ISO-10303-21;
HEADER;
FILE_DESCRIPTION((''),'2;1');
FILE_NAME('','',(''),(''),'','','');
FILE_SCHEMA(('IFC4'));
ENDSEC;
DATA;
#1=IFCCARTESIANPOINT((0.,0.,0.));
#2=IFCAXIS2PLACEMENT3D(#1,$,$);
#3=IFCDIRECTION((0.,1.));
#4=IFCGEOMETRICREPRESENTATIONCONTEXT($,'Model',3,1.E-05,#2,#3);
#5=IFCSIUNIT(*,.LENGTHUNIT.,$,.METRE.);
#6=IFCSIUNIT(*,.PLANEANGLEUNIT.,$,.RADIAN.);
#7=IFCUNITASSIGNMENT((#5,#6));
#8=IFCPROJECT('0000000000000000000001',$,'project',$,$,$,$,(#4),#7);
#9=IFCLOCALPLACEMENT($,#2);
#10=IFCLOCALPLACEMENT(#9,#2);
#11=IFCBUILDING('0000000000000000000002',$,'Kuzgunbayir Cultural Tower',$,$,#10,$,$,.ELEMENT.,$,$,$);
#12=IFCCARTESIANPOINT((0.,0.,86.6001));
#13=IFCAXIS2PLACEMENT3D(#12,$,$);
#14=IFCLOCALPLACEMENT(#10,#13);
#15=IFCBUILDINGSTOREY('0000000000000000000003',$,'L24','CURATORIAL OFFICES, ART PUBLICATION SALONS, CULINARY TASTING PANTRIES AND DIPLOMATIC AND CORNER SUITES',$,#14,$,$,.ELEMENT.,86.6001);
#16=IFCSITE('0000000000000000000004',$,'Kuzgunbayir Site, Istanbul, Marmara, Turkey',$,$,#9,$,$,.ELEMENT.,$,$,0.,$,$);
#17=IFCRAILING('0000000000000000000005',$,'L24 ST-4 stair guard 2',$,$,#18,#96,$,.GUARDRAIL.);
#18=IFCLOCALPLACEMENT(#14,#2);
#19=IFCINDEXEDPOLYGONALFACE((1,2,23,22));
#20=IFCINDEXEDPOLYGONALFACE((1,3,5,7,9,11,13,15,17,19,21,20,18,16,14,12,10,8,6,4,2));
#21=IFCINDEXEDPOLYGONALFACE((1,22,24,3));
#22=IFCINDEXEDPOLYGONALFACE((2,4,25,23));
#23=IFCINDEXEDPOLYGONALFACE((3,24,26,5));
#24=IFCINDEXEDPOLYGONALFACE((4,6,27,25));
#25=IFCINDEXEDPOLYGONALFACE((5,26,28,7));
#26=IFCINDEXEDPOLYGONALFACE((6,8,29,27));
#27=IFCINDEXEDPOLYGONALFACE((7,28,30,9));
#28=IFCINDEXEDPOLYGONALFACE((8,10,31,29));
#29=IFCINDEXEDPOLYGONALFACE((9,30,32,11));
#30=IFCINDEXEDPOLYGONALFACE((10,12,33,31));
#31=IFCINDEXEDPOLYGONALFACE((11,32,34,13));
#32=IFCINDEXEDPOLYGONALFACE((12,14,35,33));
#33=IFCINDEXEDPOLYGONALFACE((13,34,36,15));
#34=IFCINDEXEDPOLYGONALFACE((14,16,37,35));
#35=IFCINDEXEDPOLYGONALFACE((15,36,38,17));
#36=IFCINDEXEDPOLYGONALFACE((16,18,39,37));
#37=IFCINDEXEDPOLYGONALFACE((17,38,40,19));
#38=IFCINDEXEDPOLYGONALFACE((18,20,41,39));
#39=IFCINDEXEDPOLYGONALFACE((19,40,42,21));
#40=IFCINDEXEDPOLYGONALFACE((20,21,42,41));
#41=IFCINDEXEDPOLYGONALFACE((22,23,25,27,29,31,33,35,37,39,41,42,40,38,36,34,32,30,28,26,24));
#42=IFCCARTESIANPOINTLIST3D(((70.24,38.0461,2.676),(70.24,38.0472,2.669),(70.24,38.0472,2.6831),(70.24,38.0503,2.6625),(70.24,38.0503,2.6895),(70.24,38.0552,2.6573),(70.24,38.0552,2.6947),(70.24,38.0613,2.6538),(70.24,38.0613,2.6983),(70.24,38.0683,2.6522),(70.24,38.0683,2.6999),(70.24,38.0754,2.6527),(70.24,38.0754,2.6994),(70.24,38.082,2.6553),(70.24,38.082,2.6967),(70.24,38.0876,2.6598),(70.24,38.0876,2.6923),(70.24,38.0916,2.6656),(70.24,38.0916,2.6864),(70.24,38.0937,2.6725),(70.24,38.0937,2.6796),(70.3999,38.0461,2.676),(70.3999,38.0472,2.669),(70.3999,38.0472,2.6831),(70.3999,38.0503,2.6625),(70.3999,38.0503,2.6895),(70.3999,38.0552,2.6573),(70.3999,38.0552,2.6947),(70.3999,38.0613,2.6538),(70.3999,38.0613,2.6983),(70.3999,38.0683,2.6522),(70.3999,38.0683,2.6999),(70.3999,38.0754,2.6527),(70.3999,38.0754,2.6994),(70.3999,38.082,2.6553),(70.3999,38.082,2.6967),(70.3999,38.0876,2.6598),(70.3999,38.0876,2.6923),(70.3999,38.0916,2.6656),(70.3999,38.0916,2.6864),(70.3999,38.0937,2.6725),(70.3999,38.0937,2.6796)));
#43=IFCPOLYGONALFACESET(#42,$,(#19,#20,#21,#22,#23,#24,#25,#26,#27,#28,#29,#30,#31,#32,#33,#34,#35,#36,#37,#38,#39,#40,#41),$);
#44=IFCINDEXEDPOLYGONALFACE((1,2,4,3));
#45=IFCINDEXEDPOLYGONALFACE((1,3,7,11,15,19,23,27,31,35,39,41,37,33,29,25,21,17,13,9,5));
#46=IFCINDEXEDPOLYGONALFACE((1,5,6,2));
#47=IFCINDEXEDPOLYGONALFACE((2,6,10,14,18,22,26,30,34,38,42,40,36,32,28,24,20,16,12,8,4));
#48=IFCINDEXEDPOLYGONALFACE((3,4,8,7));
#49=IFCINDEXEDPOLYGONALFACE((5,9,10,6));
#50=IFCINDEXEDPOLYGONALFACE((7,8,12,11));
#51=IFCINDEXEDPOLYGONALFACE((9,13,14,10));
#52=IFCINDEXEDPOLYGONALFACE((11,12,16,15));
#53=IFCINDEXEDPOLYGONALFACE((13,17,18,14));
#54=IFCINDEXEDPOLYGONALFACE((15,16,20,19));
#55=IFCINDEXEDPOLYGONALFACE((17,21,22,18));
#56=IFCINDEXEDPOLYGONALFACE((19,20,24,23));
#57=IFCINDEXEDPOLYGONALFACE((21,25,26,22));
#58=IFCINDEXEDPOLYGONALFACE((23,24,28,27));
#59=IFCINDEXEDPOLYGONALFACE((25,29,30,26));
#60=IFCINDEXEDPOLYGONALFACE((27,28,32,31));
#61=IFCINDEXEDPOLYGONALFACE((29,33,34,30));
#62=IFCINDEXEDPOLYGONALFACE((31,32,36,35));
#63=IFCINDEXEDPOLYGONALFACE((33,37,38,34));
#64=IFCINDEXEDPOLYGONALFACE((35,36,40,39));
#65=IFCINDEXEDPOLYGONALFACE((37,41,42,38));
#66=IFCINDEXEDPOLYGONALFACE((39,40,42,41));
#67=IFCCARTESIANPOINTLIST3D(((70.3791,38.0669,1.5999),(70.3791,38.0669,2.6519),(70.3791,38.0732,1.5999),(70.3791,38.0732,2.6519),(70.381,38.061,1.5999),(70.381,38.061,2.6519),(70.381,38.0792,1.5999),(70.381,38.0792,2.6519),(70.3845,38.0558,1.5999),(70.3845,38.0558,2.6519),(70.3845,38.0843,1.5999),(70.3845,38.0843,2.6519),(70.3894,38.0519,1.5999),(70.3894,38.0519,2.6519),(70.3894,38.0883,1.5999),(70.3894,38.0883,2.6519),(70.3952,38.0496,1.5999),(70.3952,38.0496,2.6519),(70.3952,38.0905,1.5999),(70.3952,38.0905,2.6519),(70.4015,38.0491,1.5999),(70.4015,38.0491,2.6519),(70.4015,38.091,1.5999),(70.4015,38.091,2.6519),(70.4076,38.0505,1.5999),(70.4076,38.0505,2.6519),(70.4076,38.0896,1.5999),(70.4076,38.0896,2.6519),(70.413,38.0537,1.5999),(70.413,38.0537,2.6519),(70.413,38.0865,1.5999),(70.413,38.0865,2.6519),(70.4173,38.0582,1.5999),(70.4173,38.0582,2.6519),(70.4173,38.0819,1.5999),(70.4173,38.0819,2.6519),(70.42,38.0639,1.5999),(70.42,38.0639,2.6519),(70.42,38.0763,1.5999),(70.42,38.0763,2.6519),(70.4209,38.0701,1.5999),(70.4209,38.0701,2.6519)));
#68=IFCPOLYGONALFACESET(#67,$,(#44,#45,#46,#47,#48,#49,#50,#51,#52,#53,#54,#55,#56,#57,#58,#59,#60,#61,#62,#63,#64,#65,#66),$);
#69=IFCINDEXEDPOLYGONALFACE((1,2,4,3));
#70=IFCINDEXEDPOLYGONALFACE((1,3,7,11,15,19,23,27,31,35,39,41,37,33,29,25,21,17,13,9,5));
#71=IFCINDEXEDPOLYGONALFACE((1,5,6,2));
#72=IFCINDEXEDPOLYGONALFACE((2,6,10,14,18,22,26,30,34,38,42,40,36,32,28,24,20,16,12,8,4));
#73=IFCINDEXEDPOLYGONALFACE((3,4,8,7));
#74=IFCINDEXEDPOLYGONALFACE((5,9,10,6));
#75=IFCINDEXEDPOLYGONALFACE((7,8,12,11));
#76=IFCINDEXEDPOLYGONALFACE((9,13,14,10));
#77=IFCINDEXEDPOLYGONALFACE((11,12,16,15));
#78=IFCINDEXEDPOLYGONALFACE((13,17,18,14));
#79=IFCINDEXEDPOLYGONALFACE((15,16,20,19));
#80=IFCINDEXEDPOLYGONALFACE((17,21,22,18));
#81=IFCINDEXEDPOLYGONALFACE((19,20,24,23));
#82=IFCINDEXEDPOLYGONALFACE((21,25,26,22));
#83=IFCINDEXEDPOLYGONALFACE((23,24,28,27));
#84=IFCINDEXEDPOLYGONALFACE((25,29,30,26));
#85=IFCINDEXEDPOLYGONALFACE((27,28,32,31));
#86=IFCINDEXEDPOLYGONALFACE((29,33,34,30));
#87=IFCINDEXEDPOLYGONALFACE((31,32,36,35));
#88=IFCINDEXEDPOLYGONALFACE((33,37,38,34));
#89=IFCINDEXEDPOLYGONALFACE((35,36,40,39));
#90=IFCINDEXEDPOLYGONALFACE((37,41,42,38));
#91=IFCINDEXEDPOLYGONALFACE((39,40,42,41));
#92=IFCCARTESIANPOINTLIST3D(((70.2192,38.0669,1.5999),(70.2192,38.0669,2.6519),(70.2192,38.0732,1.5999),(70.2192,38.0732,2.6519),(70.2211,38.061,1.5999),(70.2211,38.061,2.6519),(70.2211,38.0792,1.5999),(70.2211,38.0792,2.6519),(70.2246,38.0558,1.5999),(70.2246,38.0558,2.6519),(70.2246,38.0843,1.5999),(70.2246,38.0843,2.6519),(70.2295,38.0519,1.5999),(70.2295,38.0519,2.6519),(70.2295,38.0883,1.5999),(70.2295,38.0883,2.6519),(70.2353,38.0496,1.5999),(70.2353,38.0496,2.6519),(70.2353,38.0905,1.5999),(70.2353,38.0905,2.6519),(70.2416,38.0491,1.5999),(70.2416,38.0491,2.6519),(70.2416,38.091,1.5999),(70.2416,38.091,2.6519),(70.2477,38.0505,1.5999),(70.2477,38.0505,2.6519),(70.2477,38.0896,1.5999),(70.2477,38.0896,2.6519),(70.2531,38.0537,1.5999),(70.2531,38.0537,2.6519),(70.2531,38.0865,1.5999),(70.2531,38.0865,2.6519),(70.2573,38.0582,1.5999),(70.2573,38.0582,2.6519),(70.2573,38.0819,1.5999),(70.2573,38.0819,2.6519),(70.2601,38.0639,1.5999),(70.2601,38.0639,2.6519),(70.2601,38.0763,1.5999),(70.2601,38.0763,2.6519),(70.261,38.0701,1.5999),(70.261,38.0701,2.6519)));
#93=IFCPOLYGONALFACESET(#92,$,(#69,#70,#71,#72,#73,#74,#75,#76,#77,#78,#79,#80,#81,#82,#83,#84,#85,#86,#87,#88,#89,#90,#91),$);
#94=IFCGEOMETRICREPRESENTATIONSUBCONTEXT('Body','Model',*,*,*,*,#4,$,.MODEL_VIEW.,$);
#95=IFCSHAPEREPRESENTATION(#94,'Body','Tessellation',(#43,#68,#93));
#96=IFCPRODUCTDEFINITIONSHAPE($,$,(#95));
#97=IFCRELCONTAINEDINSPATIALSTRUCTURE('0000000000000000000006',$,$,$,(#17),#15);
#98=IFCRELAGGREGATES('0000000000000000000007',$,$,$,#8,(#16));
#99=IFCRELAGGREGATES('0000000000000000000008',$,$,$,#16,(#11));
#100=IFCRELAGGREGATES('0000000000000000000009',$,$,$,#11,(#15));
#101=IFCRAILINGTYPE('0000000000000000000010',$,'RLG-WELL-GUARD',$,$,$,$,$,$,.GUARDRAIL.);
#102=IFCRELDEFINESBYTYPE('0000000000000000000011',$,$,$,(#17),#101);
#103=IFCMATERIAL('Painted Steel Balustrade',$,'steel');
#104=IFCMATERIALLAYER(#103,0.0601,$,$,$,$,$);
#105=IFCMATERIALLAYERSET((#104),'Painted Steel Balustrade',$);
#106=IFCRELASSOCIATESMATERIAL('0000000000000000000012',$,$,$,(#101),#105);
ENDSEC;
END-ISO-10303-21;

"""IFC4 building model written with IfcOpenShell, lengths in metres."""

from ifc_helpers import new_model, si_unit, direction, frame, origin, origin_2d, place, context, subcontext, project, spatial, circle, extrude, material, layer, layer_set, type_object, element, save


model = new_model("IFC4")

# Units and contexts
model_context = context("Model", 3, precision=1e-05, world=origin(), true_north=direction((0.0, 1.0)))
body_context = subcontext(model_context, "Body", "Model", "MODEL_VIEW")
ifc_project = project(units=[si_unit("LENGTHUNIT", "METRE"), si_unit("PLANEANGLEUNIT", "RADIAN")], contexts=[model_context])

# Site, building, storey
site_placement = place(None, origin())
site = spatial("IfcSite", under=ifc_project, at=site_placement, Name="Kuzgunbayir Site, Istanbul, Marmara, Turkey", CompositionType="ELEMENT", RefElevation=0.0)
building_placement = place(site_placement, origin())
building = spatial("IfcBuilding", under=site, at=building_placement, Name="Kuzgunbayir Cultural Tower", CompositionType="ELEMENT")
storey_placement = place(building_placement, frame((0.0, 0.0, 86.6001)))
storey = spatial("IfcBuildingStorey", under=building, at=storey_placement, Name="L24", Description="CURATORIAL OFFICES, ART PUBLICATION SALONS, CULINARY TASTING PANTRIES AND DIPLOMATIC AND CORNER SUITES", CompositionType="ELEMENT", Elevation=86.6001)

# Railing
ifc_material_1 = material(Name="Painted Steel Balustrade", Category="steel")
ifc_layer_1 = layer(ifc_material_1, 0.0601)
ifc_layer_set_1 = layer_set([ifc_layer_1], Name="Painted Steel Balustrade")
railing_type_1 = type_object("IfcRailingType", Name="RLG-WELL-GUARD", PredefinedType="GUARDRAIL", material=ifc_layer_set_1)
railing_1_placement = place(storey_placement, frame((70.3999, 38.0701, 1.5999)))
element("IfcRailing", 1, at=railing_1_placement, inside=storey, type_object=railing_type_1, Name="L24 ST-4 stair guard 2", PredefinedType="GUARDRAIL", context=body_context, shape_type="SweptSolid", body=[
    extrude(circle(Radius=0.0239, at=origin_2d()), frame((0.0, 0.0, 1.0762), z_axis=(-1.0, 0.0, 0.0), x_axis=(0.0, -1.0, 0.0)), (0.0, 0.0, 1.0), 0.1599),
    extrude(circle(Radius=0.021, at=origin_2d()), origin(), (0.0, 0.0, 1.0), 1.052),
    extrude(circle(Radius=0.021, at=origin_2d()), frame((-0.1599, 0.0, 0.0)), (0.0, 0.0, 1.0), 1.052),
])

save(model, "model.ifc")
